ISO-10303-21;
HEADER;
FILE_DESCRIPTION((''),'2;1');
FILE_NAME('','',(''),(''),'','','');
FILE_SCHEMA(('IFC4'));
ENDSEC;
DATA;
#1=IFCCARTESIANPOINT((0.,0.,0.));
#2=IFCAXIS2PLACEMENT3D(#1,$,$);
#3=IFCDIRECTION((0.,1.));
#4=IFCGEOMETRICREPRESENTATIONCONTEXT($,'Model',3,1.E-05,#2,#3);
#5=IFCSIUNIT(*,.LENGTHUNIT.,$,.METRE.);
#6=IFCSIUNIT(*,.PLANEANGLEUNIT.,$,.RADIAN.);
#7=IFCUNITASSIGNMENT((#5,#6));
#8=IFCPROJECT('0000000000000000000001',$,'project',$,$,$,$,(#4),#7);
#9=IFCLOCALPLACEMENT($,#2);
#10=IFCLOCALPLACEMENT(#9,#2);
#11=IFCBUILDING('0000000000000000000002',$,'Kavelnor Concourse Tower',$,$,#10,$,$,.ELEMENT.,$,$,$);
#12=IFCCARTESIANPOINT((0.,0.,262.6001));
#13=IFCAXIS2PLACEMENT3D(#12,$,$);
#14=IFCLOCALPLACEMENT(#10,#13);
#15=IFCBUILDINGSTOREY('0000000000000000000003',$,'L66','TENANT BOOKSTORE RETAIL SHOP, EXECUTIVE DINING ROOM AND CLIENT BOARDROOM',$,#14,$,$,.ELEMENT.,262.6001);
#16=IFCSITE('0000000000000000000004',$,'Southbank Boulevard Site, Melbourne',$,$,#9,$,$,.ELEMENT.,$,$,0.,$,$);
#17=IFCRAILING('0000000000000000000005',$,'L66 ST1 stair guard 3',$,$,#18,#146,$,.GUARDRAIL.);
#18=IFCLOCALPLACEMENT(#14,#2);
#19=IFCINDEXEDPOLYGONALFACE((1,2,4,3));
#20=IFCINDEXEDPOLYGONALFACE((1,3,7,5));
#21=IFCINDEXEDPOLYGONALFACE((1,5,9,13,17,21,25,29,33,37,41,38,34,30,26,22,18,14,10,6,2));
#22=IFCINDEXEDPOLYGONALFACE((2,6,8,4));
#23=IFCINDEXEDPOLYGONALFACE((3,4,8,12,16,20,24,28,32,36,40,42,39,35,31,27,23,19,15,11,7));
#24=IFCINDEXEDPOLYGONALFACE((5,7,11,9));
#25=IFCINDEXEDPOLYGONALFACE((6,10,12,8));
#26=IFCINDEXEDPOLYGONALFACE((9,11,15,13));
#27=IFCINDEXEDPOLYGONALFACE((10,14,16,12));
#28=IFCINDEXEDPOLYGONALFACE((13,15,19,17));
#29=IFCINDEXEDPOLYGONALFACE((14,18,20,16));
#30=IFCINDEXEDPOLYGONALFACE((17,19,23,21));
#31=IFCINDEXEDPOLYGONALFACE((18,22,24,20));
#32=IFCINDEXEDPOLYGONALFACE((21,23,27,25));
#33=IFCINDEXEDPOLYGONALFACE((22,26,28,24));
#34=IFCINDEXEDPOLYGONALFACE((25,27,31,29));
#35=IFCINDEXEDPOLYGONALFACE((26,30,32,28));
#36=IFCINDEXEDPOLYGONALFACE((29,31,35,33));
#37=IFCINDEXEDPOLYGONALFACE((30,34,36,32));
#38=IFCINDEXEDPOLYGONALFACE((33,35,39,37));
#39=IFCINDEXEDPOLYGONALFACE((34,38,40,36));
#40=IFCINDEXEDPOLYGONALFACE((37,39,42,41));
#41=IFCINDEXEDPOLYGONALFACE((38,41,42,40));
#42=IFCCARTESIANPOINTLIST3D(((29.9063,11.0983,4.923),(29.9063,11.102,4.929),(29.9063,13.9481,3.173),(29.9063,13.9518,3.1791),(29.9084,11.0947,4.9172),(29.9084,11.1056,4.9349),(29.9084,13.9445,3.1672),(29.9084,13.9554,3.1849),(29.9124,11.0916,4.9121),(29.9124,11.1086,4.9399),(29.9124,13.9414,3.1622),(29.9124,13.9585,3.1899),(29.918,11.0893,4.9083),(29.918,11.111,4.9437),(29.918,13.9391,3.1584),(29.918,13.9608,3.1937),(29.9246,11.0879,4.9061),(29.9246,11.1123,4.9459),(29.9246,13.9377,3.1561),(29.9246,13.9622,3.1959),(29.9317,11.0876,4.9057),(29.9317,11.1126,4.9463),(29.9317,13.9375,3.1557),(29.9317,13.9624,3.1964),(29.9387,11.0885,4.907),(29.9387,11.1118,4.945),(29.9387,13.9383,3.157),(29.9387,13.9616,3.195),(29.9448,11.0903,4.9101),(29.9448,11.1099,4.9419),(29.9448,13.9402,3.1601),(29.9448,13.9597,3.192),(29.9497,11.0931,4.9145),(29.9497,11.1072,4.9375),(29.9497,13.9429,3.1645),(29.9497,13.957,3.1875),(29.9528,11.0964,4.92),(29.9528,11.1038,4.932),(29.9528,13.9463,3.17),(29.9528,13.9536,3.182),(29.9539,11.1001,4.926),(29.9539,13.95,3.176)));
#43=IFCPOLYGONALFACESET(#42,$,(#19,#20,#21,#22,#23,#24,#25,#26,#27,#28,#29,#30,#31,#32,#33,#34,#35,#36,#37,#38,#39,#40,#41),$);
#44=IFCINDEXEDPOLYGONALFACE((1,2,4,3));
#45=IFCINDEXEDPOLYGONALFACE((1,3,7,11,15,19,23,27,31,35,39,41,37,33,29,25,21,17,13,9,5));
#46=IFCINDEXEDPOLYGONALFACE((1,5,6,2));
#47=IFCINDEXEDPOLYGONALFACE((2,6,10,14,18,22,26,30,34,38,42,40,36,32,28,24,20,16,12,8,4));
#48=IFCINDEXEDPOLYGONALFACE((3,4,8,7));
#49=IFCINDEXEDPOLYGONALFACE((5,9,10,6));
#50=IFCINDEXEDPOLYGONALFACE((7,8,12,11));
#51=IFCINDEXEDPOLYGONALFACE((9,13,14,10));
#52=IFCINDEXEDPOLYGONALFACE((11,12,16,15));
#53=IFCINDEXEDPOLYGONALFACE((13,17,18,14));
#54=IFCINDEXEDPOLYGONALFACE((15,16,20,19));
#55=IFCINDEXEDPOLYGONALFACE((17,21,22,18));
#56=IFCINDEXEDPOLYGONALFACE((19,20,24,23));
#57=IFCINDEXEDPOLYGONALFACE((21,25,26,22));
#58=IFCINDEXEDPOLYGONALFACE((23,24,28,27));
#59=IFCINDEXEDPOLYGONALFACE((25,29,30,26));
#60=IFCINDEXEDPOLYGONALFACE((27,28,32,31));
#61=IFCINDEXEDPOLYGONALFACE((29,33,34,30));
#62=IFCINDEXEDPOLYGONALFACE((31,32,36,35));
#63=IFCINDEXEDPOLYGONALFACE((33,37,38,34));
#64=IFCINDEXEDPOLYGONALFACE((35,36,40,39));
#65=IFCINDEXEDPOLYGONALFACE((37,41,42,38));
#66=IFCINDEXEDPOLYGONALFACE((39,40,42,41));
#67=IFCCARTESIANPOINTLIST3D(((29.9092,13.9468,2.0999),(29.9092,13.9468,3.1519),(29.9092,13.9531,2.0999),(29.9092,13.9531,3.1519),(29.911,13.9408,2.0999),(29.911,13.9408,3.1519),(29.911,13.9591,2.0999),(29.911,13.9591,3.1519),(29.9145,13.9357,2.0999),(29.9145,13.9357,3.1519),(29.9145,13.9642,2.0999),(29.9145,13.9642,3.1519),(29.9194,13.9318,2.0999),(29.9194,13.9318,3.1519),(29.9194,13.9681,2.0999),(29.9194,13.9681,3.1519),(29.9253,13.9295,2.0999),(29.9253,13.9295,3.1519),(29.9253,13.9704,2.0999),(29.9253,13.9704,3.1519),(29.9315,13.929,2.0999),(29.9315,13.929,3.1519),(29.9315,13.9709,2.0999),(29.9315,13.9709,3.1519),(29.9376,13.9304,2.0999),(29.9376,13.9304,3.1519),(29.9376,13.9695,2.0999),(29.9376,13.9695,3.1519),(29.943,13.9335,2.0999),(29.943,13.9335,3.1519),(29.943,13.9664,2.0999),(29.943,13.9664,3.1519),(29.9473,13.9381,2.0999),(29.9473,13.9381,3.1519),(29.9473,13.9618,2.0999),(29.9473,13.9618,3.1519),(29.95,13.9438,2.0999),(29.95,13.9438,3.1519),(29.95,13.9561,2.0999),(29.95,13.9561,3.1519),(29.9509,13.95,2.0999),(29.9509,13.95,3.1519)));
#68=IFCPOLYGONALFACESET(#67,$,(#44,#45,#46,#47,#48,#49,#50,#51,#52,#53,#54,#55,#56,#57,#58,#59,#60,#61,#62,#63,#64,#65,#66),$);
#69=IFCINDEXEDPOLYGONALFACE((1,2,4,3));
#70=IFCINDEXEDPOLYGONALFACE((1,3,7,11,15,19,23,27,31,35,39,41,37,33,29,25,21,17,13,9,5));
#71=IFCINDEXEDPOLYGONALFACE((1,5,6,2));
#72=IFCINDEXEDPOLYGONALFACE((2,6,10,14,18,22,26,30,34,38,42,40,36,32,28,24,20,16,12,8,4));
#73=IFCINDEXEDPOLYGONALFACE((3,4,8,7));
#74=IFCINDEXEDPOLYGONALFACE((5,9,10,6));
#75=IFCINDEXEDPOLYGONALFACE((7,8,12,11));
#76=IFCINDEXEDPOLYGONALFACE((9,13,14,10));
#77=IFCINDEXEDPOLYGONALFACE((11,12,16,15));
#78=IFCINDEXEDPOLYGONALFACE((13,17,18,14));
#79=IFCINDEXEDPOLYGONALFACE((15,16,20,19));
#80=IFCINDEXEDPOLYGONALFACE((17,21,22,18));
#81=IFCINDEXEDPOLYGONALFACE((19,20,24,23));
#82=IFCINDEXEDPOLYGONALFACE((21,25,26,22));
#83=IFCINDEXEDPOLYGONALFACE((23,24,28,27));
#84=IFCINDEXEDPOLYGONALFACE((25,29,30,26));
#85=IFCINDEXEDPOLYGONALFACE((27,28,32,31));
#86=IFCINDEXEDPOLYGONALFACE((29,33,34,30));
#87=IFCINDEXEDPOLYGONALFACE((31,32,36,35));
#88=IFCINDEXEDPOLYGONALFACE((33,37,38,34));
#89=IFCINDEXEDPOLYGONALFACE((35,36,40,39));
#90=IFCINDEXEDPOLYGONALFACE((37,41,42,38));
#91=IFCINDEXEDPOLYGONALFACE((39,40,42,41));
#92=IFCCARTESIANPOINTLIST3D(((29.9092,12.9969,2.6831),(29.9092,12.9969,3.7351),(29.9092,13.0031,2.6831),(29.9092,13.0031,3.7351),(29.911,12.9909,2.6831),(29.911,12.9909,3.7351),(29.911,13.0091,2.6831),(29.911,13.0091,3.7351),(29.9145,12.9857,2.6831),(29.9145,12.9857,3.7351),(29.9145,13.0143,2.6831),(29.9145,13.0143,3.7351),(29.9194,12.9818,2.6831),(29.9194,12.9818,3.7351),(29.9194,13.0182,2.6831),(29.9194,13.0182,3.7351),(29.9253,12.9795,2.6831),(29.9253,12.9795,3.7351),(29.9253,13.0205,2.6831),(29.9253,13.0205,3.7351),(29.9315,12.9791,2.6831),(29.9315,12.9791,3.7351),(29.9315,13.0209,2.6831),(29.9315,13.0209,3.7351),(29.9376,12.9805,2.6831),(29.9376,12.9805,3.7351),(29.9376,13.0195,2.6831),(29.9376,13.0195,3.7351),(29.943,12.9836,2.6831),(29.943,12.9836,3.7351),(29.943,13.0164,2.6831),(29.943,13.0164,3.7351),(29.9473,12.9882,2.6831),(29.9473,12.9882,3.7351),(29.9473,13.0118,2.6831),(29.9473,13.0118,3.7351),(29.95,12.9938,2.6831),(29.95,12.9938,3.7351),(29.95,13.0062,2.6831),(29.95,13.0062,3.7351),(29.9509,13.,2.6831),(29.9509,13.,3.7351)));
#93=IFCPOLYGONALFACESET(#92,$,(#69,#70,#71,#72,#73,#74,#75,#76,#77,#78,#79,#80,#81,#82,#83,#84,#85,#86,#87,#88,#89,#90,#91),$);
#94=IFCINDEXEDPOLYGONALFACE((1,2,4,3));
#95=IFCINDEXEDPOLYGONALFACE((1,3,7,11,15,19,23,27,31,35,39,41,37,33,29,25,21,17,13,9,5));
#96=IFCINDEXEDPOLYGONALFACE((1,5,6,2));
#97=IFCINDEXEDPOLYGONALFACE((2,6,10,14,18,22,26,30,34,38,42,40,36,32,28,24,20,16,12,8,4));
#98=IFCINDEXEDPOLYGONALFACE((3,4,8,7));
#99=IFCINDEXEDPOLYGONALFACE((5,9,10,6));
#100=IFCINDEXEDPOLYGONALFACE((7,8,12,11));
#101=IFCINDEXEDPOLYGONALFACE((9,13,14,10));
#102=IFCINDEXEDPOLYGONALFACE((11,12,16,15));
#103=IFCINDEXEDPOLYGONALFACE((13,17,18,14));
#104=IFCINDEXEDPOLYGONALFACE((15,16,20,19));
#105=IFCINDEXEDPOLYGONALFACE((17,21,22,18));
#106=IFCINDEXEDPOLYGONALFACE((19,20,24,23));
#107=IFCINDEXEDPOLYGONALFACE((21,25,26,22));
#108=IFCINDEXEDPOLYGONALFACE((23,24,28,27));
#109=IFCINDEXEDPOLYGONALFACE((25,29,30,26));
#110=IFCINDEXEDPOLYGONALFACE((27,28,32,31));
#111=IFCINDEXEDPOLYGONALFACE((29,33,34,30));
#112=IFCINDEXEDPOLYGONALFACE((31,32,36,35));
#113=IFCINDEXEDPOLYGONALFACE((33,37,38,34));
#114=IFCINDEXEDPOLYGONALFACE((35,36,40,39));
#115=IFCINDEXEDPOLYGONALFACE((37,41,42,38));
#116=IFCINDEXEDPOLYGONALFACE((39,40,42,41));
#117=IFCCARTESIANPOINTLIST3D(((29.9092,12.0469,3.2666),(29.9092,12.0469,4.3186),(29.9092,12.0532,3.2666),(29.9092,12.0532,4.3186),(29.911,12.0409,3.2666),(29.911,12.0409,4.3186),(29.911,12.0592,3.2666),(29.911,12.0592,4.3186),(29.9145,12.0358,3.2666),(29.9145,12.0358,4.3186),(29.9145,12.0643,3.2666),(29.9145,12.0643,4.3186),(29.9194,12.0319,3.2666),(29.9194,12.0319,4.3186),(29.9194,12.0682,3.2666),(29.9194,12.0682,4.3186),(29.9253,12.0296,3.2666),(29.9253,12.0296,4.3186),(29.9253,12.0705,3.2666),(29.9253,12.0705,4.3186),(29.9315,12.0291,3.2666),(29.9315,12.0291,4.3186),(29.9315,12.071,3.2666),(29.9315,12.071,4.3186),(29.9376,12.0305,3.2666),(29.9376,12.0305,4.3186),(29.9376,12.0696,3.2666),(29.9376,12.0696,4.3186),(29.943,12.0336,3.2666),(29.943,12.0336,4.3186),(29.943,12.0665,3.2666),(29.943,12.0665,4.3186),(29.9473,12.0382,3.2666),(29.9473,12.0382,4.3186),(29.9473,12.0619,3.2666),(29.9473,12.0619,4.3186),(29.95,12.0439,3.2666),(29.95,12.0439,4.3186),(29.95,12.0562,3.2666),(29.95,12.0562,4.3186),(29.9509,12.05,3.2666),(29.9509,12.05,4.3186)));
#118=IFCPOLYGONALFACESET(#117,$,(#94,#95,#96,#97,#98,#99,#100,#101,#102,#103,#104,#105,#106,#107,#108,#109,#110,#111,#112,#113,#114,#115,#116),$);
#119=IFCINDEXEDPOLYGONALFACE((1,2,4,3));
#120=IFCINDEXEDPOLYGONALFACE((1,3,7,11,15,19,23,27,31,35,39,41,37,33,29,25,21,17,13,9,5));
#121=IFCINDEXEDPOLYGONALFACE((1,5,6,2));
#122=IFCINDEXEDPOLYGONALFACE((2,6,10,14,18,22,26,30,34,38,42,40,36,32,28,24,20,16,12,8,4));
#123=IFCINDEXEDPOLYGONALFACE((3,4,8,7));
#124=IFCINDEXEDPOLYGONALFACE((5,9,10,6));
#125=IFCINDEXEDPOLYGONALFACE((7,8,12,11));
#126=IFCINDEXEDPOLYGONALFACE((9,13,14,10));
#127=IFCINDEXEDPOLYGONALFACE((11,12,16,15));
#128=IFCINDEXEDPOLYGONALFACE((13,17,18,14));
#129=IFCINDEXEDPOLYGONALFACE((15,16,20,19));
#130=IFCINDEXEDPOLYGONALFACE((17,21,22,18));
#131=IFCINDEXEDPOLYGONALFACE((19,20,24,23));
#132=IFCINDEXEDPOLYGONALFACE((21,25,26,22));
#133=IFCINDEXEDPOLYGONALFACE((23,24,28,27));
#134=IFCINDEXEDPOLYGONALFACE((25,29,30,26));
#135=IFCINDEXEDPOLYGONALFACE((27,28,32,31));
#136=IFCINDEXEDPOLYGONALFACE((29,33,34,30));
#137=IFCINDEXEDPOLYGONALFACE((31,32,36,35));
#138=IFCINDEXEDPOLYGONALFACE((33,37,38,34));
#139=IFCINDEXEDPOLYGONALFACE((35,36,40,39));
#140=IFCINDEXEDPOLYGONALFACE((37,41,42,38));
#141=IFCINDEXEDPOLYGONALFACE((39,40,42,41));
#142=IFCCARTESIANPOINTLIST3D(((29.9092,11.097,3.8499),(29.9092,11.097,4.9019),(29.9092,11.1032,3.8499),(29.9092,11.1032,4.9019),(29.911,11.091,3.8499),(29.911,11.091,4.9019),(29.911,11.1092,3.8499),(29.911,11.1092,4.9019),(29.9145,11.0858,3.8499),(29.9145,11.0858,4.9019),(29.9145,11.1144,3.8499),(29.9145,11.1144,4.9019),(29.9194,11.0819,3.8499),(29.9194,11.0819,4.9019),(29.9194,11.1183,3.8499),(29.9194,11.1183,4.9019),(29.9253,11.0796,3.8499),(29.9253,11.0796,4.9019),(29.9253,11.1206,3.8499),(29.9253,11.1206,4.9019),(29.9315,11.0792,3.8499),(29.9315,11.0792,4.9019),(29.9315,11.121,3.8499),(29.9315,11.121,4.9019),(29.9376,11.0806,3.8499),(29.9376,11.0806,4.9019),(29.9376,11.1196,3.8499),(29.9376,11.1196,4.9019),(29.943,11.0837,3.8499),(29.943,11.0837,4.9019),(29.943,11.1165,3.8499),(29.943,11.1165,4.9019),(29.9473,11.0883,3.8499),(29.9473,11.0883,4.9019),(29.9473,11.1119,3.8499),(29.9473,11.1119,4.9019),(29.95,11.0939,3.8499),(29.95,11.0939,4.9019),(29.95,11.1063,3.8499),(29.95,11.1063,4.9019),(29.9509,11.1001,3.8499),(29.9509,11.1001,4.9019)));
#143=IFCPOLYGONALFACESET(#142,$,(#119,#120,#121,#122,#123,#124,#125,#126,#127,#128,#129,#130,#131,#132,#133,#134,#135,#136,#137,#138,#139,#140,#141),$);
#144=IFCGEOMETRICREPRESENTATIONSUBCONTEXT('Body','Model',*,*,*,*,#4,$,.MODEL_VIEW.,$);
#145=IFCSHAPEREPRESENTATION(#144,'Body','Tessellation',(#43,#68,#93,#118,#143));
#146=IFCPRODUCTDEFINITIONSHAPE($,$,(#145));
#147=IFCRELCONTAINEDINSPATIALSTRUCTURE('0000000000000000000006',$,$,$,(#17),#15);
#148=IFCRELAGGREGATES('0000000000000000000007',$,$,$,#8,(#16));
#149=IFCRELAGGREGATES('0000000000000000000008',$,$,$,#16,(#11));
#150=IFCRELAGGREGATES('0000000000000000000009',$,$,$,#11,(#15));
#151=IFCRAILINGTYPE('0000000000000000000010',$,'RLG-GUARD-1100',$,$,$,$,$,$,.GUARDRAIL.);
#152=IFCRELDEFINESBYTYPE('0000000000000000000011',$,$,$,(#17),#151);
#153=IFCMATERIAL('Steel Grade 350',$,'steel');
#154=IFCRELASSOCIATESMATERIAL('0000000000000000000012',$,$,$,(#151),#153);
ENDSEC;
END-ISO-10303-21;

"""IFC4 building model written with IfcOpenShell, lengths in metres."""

from ifc_helpers import new_model, si_unit, direction, frame, origin, origin_2d, place, context, subcontext, project, spatial, circle, extrude, material, type_object, element, save


model = new_model("IFC4")

# Units and contexts
model_context = context("Model", 3, precision=1e-05, world=origin(), true_north=direction((0.0, 1.0)))
body_context = subcontext(model_context, "Body", "Model", "MODEL_VIEW")
ifc_project = project(units=[si_unit("LENGTHUNIT", "METRE"), si_unit("PLANEANGLEUNIT", "RADIAN")], contexts=[model_context])

# Site, building, storey
site_placement = place(None, origin())
site = spatial("IfcSite", under=ifc_project, at=site_placement, Name="Southbank Boulevard Site, Melbourne", CompositionType="ELEMENT", RefElevation=0.0)
building_placement = place(site_placement, origin())
building = spatial("IfcBuilding", under=site, at=building_placement, Name="Kavelnor Concourse Tower", CompositionType="ELEMENT")
storey_placement = place(building_placement, frame((0.0, 0.0, 262.6001)))
storey = spatial("IfcBuildingStorey", under=building, at=storey_placement, Name="L66", Description="TENANT BOOKSTORE RETAIL SHOP, EXECUTIVE DINING ROOM AND CLIENT BOARDROOM", CompositionType="ELEMENT", Elevation=262.6001)

# Shared definitions
ifc_material_1 = material(Name="Steel Grade 350", Category="steel")

# Railing
railing_type_1 = type_object("IfcRailingType", Name="RLG-GUARD-1100", PredefinedType="GUARDRAIL", material=ifc_material_1)
railing_1_placement = place(storey_placement, frame((29.9299, 13.95, 2.0999)))
element("IfcRailing", 1, at=railing_1_placement, inside=storey, type_object=railing_type_1, Name="L66 ST1 stair guard 3", PredefinedType="GUARDRAIL", context=body_context, shape_type="SweptSolid", body=[
    extrude(circle(Radius=0.0239, at=origin_2d()), frame((0.0, 0.0, 1.0762), z_axis=(0.0, -0.852159, 0.523283), x_axis=(1.0, 0.0, 0.0)), (0.0, 0.0, 1.0), 3.3442),
    extrude(circle(Radius=0.021, at=origin_2d()), origin(), (0.0, 0.0, 1.0), 1.052),
    extrude(circle(Radius=0.021, at=origin_2d()), frame((0.0, -0.95, 0.5833)), (0.0, 0.0, 1.0), 1.052),
    extrude(circle(Radius=0.021, at=origin_2d()), frame((0.0, -1.8999, 1.1667)), (0.0, 0.0, 1.0), 1.052),
    extrude(circle(Radius=0.021, at=origin_2d()), frame((0.0, -2.8499, 1.75)), (0.0, 0.0, 1.0), 1.052),
])

save(model, "model.ifc")
